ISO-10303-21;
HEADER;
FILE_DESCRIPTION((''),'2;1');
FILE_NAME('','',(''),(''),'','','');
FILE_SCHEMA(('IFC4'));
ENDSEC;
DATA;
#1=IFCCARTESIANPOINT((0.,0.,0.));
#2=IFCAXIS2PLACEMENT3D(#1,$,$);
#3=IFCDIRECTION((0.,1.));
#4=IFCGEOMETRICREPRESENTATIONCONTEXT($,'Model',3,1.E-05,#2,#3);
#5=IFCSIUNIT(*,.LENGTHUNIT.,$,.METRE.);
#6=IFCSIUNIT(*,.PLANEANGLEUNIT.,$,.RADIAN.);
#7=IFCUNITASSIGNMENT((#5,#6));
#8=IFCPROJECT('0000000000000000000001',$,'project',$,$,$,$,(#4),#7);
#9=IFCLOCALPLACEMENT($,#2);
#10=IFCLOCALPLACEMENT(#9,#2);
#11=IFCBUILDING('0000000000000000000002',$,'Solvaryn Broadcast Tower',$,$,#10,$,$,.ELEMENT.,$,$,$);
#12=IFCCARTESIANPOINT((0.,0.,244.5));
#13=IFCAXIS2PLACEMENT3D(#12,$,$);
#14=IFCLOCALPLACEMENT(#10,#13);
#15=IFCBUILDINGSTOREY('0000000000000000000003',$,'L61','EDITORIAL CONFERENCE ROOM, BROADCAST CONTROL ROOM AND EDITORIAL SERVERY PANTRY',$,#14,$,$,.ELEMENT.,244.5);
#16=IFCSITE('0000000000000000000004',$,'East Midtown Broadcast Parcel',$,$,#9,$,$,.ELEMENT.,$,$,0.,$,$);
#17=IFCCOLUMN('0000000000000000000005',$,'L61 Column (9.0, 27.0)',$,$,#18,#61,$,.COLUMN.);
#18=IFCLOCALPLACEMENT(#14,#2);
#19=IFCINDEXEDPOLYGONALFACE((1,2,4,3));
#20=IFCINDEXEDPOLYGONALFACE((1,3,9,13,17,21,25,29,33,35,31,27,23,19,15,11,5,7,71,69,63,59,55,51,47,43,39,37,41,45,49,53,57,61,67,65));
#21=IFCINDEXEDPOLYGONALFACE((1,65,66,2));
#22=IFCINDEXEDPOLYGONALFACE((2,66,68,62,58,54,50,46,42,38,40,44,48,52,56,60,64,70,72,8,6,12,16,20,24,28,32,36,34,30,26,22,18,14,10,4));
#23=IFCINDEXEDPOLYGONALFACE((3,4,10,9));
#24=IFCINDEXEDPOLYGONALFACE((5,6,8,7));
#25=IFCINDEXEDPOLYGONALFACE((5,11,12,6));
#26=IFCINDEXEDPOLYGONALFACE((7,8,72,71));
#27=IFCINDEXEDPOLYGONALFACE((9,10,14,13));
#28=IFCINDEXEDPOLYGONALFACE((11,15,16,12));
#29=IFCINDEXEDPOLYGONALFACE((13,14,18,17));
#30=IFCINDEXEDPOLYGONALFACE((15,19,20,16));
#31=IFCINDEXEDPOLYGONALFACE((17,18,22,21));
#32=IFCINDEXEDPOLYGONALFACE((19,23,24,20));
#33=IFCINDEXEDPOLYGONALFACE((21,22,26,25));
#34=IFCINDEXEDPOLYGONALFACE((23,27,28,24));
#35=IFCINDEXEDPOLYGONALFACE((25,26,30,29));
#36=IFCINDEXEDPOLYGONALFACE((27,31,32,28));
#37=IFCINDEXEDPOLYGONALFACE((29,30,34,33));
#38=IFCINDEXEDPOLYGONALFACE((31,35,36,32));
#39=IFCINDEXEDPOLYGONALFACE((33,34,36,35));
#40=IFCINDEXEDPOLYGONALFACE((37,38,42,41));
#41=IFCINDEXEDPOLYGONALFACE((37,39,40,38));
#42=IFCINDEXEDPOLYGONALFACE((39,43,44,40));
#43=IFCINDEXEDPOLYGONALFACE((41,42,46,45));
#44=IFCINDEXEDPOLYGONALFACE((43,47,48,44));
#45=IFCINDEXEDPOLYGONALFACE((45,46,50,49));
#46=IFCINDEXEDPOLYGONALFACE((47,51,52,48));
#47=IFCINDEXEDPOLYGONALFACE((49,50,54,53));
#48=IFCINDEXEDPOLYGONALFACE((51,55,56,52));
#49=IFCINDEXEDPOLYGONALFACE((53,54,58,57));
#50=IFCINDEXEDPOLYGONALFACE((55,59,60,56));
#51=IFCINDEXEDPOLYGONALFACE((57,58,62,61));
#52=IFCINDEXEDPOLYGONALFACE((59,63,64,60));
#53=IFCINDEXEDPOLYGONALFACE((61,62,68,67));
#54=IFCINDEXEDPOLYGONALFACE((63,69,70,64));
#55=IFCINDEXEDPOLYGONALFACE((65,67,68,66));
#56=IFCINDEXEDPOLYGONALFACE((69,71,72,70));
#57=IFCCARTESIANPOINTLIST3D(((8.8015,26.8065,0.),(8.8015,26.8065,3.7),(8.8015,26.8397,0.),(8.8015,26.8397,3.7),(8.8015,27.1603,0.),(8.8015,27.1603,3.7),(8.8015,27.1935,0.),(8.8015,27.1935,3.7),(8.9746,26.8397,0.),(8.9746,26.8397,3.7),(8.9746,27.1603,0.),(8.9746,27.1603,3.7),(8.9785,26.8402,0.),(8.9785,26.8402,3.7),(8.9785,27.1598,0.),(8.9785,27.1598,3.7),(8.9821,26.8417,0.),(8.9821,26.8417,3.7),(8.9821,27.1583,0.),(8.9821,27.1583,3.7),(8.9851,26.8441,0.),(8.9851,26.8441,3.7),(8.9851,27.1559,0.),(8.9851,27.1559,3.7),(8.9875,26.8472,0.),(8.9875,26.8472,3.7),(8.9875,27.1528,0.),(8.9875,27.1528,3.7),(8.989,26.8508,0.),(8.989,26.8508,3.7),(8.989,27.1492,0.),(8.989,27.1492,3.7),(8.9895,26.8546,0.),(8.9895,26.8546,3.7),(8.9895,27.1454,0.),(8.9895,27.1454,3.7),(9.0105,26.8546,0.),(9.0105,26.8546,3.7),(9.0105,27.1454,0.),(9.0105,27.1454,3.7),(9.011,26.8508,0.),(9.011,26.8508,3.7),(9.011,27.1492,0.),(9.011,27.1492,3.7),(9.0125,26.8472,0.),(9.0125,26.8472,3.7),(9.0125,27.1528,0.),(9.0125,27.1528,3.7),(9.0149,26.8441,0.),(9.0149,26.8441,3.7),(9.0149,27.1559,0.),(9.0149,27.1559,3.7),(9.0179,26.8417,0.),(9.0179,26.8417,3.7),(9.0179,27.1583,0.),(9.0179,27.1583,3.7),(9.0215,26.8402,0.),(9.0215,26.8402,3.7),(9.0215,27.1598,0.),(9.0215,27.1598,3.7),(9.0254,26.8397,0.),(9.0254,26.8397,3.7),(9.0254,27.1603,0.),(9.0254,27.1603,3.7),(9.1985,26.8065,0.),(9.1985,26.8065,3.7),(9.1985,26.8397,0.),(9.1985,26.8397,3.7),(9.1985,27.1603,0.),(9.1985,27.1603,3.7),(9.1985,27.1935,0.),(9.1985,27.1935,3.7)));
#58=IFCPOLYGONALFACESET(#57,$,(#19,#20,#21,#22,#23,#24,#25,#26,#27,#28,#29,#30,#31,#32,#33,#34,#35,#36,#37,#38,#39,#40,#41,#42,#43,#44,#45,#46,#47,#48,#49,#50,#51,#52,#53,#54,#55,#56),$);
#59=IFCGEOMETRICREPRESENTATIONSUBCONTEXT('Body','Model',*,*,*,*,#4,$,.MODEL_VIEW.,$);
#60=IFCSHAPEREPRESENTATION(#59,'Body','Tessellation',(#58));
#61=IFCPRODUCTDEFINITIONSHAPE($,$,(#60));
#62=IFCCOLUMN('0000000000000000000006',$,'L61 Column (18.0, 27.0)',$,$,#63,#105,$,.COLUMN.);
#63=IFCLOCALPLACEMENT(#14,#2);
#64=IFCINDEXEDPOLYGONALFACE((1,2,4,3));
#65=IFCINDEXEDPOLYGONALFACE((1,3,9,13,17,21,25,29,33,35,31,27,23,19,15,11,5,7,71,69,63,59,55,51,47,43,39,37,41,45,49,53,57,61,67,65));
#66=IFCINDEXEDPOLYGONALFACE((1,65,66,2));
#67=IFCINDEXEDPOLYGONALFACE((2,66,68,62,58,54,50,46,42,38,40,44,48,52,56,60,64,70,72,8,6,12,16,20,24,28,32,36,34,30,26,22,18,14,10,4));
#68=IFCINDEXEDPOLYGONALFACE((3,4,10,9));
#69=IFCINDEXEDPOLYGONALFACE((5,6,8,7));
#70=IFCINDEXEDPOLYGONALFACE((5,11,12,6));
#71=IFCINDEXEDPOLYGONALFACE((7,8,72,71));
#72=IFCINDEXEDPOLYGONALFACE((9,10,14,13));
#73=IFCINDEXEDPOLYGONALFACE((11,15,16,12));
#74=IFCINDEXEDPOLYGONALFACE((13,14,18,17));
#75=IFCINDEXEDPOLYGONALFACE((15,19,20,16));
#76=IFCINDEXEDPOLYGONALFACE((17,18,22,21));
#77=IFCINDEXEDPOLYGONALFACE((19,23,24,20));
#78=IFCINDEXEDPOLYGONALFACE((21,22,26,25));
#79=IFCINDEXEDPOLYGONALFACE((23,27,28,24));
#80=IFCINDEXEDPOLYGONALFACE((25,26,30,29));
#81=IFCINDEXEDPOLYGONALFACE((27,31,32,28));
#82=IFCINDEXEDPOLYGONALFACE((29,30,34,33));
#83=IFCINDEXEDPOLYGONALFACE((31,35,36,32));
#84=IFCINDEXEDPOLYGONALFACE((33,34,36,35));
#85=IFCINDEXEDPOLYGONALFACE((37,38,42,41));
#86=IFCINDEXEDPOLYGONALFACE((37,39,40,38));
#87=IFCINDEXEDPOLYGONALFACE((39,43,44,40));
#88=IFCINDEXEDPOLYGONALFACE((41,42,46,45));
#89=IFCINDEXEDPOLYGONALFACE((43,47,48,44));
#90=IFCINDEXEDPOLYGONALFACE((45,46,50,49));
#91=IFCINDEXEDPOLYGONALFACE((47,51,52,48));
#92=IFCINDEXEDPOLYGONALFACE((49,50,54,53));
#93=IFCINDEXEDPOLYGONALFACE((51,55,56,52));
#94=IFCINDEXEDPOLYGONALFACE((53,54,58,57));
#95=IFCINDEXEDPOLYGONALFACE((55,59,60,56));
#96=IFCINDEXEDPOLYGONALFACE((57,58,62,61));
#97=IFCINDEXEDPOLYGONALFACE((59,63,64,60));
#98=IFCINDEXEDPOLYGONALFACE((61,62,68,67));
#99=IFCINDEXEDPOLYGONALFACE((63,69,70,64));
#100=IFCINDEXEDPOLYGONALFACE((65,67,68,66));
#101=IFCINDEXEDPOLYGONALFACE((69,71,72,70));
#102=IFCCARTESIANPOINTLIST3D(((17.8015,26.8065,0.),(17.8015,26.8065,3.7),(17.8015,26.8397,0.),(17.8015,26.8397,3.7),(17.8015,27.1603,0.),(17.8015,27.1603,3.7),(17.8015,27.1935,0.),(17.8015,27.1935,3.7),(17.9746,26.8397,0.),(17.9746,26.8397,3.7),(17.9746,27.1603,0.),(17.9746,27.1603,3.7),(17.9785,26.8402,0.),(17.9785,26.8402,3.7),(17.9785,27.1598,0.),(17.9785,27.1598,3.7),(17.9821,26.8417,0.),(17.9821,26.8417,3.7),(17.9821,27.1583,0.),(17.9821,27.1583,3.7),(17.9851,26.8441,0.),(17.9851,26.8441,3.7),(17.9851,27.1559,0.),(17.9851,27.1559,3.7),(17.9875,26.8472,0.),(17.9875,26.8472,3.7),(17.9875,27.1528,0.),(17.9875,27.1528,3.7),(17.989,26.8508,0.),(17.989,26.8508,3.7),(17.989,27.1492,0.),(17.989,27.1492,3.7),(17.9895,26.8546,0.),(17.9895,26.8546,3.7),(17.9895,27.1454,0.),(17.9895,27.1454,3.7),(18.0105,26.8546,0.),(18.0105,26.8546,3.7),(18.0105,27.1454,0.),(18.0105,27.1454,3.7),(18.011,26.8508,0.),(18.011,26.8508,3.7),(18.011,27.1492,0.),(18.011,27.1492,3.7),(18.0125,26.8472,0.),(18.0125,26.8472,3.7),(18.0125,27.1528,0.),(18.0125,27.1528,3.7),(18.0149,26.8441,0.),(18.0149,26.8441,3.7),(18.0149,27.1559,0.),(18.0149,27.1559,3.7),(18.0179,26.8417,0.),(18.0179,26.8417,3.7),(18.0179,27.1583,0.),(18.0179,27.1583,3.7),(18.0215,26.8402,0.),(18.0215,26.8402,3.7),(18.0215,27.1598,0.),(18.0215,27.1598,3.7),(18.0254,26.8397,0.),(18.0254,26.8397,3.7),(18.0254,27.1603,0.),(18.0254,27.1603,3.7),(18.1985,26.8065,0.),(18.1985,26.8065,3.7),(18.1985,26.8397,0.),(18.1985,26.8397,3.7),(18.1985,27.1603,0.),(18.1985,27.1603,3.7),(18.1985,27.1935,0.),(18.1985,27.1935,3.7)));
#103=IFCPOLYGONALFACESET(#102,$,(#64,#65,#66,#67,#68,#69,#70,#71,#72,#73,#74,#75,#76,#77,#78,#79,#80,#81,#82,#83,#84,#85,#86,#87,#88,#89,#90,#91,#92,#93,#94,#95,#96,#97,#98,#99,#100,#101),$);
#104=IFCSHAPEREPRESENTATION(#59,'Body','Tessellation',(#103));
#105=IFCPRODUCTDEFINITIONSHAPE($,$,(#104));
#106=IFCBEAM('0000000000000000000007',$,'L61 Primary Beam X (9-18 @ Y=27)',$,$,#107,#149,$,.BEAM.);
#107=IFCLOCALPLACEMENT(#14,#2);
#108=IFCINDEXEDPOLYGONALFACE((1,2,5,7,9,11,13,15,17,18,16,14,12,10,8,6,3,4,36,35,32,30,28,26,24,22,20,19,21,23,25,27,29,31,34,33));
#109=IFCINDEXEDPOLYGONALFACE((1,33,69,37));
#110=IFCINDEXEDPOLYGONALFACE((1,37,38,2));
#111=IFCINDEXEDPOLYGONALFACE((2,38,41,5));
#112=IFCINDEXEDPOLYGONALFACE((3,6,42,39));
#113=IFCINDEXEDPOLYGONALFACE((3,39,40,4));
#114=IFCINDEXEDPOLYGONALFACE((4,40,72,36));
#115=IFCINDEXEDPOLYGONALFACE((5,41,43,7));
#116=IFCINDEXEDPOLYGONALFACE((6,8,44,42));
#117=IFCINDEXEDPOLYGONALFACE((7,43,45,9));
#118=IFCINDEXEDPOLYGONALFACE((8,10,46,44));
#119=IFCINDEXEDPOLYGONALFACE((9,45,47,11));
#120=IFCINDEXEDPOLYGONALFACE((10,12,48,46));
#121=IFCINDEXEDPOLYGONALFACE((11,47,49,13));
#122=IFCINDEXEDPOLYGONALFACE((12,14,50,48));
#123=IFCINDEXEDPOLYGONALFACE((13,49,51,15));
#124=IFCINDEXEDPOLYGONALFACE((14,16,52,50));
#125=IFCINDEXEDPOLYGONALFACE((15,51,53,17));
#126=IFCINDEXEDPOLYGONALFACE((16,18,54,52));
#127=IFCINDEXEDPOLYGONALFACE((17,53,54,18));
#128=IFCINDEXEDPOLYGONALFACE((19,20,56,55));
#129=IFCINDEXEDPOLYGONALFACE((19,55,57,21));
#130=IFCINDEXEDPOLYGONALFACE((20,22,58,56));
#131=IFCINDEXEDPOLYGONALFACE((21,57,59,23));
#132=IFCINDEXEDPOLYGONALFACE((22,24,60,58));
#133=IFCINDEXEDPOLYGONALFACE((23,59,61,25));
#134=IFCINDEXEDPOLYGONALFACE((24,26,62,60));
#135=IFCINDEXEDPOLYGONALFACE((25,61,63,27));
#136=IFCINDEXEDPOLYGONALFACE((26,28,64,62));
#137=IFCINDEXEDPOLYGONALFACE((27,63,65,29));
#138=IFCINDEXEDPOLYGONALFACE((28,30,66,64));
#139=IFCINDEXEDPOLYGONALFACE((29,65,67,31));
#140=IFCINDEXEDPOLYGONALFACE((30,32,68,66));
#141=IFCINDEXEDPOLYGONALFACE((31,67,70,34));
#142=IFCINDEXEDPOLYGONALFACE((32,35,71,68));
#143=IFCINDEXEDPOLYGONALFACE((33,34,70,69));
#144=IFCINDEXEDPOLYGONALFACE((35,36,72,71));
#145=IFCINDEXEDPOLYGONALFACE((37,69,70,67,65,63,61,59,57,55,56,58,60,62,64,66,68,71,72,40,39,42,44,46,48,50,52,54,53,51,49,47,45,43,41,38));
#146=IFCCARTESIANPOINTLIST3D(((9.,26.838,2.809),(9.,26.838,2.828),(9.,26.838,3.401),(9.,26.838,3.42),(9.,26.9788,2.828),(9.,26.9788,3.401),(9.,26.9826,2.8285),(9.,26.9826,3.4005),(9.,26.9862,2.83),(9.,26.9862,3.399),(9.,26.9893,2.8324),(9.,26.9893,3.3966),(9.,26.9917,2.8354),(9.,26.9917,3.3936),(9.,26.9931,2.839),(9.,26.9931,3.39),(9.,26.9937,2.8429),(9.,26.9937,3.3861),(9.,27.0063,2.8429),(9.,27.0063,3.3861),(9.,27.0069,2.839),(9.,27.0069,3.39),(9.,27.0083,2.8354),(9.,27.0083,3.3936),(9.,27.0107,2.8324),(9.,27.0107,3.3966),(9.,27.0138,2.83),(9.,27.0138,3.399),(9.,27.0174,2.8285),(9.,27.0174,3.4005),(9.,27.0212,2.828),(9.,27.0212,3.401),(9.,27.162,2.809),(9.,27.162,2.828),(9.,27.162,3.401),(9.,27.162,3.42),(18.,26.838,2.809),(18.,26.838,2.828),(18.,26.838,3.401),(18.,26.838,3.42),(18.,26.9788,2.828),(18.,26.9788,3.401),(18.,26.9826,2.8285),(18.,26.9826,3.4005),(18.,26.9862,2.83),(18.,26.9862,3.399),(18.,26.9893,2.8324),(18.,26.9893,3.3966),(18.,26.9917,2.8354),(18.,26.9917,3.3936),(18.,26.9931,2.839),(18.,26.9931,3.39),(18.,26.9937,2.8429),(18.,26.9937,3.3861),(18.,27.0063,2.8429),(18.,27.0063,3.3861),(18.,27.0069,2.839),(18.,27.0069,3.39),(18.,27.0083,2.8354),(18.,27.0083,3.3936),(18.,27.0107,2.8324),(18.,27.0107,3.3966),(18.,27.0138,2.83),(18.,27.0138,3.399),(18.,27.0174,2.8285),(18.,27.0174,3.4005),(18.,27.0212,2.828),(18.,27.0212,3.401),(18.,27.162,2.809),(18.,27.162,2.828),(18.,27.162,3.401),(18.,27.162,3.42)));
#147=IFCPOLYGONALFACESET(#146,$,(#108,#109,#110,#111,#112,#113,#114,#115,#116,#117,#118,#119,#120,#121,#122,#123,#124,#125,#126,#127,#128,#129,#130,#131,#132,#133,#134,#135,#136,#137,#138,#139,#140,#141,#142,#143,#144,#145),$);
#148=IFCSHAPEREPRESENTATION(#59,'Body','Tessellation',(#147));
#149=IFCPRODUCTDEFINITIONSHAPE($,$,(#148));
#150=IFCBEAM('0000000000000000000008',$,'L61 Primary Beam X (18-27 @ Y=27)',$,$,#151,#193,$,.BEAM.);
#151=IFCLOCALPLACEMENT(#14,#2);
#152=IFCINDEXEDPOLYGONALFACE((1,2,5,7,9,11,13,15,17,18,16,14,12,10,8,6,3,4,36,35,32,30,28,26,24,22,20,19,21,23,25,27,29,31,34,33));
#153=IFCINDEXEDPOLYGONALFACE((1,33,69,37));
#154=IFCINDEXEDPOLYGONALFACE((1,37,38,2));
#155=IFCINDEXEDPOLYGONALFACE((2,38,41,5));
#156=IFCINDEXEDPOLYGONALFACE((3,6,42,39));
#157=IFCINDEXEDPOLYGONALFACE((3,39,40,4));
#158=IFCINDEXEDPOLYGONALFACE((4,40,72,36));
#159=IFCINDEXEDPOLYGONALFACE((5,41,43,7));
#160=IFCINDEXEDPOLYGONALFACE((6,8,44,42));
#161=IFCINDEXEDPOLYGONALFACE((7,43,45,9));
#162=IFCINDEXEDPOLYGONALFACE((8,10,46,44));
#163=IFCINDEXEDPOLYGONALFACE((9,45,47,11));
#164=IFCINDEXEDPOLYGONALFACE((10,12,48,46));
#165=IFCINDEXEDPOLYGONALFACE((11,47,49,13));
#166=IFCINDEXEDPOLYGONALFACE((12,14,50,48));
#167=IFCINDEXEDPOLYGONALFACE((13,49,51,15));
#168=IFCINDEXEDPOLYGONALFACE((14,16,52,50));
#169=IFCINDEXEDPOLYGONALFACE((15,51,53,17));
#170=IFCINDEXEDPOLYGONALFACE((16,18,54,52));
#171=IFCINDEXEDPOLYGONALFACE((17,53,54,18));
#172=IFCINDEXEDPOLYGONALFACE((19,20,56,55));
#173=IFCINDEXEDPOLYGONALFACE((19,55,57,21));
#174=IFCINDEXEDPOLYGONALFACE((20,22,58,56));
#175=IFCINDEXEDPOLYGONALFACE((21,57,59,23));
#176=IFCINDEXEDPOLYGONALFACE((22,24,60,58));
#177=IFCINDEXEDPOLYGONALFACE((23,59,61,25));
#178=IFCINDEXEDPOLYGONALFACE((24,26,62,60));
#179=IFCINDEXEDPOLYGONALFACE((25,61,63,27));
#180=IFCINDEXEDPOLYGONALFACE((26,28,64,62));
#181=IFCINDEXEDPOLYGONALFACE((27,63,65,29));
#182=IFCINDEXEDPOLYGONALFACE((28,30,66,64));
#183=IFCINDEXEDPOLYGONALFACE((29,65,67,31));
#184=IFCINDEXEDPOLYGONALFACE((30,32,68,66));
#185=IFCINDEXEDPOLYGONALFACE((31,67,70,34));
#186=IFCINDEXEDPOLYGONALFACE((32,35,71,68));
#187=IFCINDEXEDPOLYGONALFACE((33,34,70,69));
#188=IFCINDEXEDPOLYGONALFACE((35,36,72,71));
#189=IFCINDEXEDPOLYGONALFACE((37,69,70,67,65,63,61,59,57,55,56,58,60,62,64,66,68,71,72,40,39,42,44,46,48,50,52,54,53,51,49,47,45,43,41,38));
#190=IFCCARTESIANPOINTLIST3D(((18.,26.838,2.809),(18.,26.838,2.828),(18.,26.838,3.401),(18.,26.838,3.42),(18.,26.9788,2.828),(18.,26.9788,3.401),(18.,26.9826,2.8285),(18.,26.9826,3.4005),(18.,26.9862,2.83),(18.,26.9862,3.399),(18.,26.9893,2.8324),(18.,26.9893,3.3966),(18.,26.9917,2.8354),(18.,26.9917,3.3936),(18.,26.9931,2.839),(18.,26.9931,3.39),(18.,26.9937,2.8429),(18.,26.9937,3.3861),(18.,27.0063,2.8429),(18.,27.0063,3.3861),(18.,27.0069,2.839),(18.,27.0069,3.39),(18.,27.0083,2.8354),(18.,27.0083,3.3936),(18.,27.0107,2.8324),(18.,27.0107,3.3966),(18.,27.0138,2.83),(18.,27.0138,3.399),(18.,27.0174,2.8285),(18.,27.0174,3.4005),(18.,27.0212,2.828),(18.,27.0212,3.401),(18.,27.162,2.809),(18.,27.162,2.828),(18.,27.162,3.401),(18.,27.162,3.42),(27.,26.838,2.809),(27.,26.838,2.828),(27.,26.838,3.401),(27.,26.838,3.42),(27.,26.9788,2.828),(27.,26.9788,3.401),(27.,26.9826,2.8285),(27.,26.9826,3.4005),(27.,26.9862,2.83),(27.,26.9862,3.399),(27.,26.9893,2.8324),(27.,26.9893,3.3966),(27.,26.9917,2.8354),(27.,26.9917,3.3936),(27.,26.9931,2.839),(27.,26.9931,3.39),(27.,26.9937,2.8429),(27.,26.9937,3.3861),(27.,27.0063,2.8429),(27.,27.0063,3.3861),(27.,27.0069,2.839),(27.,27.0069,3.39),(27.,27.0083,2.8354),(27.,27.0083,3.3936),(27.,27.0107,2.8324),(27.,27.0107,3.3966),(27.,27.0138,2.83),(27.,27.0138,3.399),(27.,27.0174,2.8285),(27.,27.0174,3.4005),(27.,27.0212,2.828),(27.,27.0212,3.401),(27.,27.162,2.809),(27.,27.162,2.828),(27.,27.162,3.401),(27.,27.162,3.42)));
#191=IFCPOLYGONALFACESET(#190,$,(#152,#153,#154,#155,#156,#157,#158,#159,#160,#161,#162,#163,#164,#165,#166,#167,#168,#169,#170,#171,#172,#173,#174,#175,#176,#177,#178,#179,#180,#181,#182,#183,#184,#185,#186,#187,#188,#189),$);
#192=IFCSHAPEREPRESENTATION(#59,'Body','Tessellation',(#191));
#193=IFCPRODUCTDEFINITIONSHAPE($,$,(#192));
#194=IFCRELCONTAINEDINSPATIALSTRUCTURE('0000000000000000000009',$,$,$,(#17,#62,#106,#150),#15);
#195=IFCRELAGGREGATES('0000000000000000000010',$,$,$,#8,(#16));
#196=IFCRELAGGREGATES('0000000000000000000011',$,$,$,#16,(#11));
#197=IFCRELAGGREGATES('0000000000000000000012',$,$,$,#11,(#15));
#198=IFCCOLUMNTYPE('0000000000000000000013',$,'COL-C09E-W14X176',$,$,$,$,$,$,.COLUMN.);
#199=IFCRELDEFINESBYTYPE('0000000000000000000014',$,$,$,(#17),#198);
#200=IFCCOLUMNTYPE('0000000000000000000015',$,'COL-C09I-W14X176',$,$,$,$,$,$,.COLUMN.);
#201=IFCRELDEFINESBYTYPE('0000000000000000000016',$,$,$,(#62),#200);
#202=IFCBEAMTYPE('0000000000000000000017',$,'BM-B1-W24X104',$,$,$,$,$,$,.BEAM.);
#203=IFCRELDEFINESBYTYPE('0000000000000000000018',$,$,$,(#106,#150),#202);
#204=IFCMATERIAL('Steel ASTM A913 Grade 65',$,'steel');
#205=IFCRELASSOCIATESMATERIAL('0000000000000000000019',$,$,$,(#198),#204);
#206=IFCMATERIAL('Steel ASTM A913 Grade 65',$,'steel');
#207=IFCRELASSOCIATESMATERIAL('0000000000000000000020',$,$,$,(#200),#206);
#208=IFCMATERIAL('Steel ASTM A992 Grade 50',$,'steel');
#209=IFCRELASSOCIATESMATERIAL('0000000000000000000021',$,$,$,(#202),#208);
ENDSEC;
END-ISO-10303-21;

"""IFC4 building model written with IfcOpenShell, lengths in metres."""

from ifc_helpers import new_model, si_unit, direction, frame, origin, origin_2d, place, context, subcontext, project, spatial, i_section, extrude, material, material_profile, profile_set, type_object, element, save


model = new_model("IFC4")

# Units and contexts
model_context = context("Model", 3, precision=1e-05, world=origin(), true_north=direction((0.0, 1.0)))
body_context = subcontext(model_context, "Body", "Model", "MODEL_VIEW")
ifc_project = project(units=[si_unit("LENGTHUNIT", "METRE"), si_unit("PLANEANGLEUNIT", "RADIAN")], contexts=[model_context])

# Site, building, storey
site_placement = place(None, origin())
site = spatial("IfcSite", under=ifc_project, at=site_placement, Name="East Midtown Broadcast Parcel", CompositionType="ELEMENT", RefElevation=0.0)
building_placement = place(site_placement, origin())
building = spatial("IfcBuilding", under=site, at=building_placement, Name="Solvaryn Broadcast Tower", CompositionType="ELEMENT")
storey_placement = place(building_placement, frame((0.0, 0.0, 244.5)))
storey = spatial("IfcBuildingStorey", under=building, at=storey_placement, Name="L61", Description="EDITORIAL CONFERENCE ROOM, BROADCAST CONTROL ROOM AND EDITORIAL SERVERY PANTRY", CompositionType="ELEMENT", Elevation=244.5)

# Columns
ifc_material_1 = material(Name="Steel ASTM A913 Grade 65", Category="steel")
ifc_material_profile_1 = material_profile(ifc_material_1, i_section(OverallWidth=0.397, OverallDepth=0.387, WebThickness=0.021, FlangeThickness=0.0332, FilletRadius=0.0149, at=origin_2d()))
ifc_profile_set_1 = profile_set([ifc_material_profile_1], Name="Steel ASTM A913 Grade 65")
column_type_1 = type_object("IfcColumnType", Name="COL-C09E-W14X176", PredefinedType="COLUMN", material=ifc_profile_set_1)
column_1_placement = place(storey_placement, frame((9.0, 27.0, 0.0), z_axis=(0.0, 0.0, 1.0), x_axis=(1.0, 0.0, 0.0)))
element("IfcColumn", 1, at=column_1_placement, inside=storey, type_object=column_type_1, Name="L61 Column (9.0, 27.0)", PredefinedType="COLUMN", context=body_context, shape_type="SweptSolid", body=[
    extrude(i_section(OverallWidth=0.397, OverallDepth=0.387, WebThickness=0.021, FlangeThickness=0.0332, FilletRadius=0.0149, at=origin_2d()), origin(), (0.0, 0.0, 1.0), 3.7),
])
ifc_material_2 = material(Name="Steel ASTM A913 Grade 65", Category="steel")
ifc_material_profile_2 = material_profile(ifc_material_2, i_section(OverallWidth=0.397, OverallDepth=0.387, WebThickness=0.021, FlangeThickness=0.0332, FilletRadius=0.0149, at=origin_2d()))
ifc_profile_set_2 = profile_set([ifc_material_profile_2], Name="Steel ASTM A913 Grade 65")
column_type_2 = type_object("IfcColumnType", Name="COL-C09I-W14X176", PredefinedType="COLUMN", material=ifc_profile_set_2)
column_2_placement = place(storey_placement, frame((18.0, 27.0, 0.0), z_axis=(0.0, 0.0, 1.0), x_axis=(1.0, 0.0, 0.0)))
element("IfcColumn", 2, at=column_2_placement, inside=storey, type_object=column_type_2, Name="L61 Column (18.0, 27.0)", PredefinedType="COLUMN", context=body_context, shape_type="SweptSolid", body=[
    extrude(i_section(OverallWidth=0.397, OverallDepth=0.387, WebThickness=0.021, FlangeThickness=0.0332, FilletRadius=0.0149, at=origin_2d()), origin(), (0.0, 0.0, 1.0), 3.7),
])

# Beams
ifc_material_3 = material(Name="Steel ASTM A992 Grade 50", Category="steel")
ifc_material_profile_3 = material_profile(ifc_material_3, i_section(OverallWidth=0.324, OverallDepth=0.6111, WebThickness=0.0127, FlangeThickness=0.019, FilletRadius=0.0149, at=origin_2d()))
ifc_profile_set_3 = profile_set([ifc_material_profile_3], Name="Steel ASTM A992 Grade 50")
beam_type_1 = type_object("IfcBeamType", Name="BM-B1-W24X104", PredefinedType="BEAM", material=ifc_profile_set_3)
for number, where, z_axis, x_axis, name in (
    (3, (9.0, 27.0, 3.1145), (1.0, 0.0, 0.0), (0.0, 1.0, 0.0), "L61 Primary Beam X (9-18 @ Y=27)"),
    (4, (18.0, 27.0, 3.1145), (1.0, 0.0, 0.0), (0.0, 1.0, 0.0), "L61 Primary Beam X (18-27 @ Y=27)"),
):
    element("IfcBeam", number, at=place(storey_placement, frame(where, z_axis=z_axis, x_axis=x_axis)), inside=storey, type_object=beam_type_1, Name=name, PredefinedType="BEAM", context=body_context, shape_type="SweptSolid", body=[
        extrude(i_section(OverallWidth=0.324, OverallDepth=0.6111, WebThickness=0.0127, FlangeThickness=0.019, FilletRadius=0.0149, at=origin_2d()), origin(), (0.0, 0.0, 1.0), 9.0),
    ])

save(model, "model.ifc")
